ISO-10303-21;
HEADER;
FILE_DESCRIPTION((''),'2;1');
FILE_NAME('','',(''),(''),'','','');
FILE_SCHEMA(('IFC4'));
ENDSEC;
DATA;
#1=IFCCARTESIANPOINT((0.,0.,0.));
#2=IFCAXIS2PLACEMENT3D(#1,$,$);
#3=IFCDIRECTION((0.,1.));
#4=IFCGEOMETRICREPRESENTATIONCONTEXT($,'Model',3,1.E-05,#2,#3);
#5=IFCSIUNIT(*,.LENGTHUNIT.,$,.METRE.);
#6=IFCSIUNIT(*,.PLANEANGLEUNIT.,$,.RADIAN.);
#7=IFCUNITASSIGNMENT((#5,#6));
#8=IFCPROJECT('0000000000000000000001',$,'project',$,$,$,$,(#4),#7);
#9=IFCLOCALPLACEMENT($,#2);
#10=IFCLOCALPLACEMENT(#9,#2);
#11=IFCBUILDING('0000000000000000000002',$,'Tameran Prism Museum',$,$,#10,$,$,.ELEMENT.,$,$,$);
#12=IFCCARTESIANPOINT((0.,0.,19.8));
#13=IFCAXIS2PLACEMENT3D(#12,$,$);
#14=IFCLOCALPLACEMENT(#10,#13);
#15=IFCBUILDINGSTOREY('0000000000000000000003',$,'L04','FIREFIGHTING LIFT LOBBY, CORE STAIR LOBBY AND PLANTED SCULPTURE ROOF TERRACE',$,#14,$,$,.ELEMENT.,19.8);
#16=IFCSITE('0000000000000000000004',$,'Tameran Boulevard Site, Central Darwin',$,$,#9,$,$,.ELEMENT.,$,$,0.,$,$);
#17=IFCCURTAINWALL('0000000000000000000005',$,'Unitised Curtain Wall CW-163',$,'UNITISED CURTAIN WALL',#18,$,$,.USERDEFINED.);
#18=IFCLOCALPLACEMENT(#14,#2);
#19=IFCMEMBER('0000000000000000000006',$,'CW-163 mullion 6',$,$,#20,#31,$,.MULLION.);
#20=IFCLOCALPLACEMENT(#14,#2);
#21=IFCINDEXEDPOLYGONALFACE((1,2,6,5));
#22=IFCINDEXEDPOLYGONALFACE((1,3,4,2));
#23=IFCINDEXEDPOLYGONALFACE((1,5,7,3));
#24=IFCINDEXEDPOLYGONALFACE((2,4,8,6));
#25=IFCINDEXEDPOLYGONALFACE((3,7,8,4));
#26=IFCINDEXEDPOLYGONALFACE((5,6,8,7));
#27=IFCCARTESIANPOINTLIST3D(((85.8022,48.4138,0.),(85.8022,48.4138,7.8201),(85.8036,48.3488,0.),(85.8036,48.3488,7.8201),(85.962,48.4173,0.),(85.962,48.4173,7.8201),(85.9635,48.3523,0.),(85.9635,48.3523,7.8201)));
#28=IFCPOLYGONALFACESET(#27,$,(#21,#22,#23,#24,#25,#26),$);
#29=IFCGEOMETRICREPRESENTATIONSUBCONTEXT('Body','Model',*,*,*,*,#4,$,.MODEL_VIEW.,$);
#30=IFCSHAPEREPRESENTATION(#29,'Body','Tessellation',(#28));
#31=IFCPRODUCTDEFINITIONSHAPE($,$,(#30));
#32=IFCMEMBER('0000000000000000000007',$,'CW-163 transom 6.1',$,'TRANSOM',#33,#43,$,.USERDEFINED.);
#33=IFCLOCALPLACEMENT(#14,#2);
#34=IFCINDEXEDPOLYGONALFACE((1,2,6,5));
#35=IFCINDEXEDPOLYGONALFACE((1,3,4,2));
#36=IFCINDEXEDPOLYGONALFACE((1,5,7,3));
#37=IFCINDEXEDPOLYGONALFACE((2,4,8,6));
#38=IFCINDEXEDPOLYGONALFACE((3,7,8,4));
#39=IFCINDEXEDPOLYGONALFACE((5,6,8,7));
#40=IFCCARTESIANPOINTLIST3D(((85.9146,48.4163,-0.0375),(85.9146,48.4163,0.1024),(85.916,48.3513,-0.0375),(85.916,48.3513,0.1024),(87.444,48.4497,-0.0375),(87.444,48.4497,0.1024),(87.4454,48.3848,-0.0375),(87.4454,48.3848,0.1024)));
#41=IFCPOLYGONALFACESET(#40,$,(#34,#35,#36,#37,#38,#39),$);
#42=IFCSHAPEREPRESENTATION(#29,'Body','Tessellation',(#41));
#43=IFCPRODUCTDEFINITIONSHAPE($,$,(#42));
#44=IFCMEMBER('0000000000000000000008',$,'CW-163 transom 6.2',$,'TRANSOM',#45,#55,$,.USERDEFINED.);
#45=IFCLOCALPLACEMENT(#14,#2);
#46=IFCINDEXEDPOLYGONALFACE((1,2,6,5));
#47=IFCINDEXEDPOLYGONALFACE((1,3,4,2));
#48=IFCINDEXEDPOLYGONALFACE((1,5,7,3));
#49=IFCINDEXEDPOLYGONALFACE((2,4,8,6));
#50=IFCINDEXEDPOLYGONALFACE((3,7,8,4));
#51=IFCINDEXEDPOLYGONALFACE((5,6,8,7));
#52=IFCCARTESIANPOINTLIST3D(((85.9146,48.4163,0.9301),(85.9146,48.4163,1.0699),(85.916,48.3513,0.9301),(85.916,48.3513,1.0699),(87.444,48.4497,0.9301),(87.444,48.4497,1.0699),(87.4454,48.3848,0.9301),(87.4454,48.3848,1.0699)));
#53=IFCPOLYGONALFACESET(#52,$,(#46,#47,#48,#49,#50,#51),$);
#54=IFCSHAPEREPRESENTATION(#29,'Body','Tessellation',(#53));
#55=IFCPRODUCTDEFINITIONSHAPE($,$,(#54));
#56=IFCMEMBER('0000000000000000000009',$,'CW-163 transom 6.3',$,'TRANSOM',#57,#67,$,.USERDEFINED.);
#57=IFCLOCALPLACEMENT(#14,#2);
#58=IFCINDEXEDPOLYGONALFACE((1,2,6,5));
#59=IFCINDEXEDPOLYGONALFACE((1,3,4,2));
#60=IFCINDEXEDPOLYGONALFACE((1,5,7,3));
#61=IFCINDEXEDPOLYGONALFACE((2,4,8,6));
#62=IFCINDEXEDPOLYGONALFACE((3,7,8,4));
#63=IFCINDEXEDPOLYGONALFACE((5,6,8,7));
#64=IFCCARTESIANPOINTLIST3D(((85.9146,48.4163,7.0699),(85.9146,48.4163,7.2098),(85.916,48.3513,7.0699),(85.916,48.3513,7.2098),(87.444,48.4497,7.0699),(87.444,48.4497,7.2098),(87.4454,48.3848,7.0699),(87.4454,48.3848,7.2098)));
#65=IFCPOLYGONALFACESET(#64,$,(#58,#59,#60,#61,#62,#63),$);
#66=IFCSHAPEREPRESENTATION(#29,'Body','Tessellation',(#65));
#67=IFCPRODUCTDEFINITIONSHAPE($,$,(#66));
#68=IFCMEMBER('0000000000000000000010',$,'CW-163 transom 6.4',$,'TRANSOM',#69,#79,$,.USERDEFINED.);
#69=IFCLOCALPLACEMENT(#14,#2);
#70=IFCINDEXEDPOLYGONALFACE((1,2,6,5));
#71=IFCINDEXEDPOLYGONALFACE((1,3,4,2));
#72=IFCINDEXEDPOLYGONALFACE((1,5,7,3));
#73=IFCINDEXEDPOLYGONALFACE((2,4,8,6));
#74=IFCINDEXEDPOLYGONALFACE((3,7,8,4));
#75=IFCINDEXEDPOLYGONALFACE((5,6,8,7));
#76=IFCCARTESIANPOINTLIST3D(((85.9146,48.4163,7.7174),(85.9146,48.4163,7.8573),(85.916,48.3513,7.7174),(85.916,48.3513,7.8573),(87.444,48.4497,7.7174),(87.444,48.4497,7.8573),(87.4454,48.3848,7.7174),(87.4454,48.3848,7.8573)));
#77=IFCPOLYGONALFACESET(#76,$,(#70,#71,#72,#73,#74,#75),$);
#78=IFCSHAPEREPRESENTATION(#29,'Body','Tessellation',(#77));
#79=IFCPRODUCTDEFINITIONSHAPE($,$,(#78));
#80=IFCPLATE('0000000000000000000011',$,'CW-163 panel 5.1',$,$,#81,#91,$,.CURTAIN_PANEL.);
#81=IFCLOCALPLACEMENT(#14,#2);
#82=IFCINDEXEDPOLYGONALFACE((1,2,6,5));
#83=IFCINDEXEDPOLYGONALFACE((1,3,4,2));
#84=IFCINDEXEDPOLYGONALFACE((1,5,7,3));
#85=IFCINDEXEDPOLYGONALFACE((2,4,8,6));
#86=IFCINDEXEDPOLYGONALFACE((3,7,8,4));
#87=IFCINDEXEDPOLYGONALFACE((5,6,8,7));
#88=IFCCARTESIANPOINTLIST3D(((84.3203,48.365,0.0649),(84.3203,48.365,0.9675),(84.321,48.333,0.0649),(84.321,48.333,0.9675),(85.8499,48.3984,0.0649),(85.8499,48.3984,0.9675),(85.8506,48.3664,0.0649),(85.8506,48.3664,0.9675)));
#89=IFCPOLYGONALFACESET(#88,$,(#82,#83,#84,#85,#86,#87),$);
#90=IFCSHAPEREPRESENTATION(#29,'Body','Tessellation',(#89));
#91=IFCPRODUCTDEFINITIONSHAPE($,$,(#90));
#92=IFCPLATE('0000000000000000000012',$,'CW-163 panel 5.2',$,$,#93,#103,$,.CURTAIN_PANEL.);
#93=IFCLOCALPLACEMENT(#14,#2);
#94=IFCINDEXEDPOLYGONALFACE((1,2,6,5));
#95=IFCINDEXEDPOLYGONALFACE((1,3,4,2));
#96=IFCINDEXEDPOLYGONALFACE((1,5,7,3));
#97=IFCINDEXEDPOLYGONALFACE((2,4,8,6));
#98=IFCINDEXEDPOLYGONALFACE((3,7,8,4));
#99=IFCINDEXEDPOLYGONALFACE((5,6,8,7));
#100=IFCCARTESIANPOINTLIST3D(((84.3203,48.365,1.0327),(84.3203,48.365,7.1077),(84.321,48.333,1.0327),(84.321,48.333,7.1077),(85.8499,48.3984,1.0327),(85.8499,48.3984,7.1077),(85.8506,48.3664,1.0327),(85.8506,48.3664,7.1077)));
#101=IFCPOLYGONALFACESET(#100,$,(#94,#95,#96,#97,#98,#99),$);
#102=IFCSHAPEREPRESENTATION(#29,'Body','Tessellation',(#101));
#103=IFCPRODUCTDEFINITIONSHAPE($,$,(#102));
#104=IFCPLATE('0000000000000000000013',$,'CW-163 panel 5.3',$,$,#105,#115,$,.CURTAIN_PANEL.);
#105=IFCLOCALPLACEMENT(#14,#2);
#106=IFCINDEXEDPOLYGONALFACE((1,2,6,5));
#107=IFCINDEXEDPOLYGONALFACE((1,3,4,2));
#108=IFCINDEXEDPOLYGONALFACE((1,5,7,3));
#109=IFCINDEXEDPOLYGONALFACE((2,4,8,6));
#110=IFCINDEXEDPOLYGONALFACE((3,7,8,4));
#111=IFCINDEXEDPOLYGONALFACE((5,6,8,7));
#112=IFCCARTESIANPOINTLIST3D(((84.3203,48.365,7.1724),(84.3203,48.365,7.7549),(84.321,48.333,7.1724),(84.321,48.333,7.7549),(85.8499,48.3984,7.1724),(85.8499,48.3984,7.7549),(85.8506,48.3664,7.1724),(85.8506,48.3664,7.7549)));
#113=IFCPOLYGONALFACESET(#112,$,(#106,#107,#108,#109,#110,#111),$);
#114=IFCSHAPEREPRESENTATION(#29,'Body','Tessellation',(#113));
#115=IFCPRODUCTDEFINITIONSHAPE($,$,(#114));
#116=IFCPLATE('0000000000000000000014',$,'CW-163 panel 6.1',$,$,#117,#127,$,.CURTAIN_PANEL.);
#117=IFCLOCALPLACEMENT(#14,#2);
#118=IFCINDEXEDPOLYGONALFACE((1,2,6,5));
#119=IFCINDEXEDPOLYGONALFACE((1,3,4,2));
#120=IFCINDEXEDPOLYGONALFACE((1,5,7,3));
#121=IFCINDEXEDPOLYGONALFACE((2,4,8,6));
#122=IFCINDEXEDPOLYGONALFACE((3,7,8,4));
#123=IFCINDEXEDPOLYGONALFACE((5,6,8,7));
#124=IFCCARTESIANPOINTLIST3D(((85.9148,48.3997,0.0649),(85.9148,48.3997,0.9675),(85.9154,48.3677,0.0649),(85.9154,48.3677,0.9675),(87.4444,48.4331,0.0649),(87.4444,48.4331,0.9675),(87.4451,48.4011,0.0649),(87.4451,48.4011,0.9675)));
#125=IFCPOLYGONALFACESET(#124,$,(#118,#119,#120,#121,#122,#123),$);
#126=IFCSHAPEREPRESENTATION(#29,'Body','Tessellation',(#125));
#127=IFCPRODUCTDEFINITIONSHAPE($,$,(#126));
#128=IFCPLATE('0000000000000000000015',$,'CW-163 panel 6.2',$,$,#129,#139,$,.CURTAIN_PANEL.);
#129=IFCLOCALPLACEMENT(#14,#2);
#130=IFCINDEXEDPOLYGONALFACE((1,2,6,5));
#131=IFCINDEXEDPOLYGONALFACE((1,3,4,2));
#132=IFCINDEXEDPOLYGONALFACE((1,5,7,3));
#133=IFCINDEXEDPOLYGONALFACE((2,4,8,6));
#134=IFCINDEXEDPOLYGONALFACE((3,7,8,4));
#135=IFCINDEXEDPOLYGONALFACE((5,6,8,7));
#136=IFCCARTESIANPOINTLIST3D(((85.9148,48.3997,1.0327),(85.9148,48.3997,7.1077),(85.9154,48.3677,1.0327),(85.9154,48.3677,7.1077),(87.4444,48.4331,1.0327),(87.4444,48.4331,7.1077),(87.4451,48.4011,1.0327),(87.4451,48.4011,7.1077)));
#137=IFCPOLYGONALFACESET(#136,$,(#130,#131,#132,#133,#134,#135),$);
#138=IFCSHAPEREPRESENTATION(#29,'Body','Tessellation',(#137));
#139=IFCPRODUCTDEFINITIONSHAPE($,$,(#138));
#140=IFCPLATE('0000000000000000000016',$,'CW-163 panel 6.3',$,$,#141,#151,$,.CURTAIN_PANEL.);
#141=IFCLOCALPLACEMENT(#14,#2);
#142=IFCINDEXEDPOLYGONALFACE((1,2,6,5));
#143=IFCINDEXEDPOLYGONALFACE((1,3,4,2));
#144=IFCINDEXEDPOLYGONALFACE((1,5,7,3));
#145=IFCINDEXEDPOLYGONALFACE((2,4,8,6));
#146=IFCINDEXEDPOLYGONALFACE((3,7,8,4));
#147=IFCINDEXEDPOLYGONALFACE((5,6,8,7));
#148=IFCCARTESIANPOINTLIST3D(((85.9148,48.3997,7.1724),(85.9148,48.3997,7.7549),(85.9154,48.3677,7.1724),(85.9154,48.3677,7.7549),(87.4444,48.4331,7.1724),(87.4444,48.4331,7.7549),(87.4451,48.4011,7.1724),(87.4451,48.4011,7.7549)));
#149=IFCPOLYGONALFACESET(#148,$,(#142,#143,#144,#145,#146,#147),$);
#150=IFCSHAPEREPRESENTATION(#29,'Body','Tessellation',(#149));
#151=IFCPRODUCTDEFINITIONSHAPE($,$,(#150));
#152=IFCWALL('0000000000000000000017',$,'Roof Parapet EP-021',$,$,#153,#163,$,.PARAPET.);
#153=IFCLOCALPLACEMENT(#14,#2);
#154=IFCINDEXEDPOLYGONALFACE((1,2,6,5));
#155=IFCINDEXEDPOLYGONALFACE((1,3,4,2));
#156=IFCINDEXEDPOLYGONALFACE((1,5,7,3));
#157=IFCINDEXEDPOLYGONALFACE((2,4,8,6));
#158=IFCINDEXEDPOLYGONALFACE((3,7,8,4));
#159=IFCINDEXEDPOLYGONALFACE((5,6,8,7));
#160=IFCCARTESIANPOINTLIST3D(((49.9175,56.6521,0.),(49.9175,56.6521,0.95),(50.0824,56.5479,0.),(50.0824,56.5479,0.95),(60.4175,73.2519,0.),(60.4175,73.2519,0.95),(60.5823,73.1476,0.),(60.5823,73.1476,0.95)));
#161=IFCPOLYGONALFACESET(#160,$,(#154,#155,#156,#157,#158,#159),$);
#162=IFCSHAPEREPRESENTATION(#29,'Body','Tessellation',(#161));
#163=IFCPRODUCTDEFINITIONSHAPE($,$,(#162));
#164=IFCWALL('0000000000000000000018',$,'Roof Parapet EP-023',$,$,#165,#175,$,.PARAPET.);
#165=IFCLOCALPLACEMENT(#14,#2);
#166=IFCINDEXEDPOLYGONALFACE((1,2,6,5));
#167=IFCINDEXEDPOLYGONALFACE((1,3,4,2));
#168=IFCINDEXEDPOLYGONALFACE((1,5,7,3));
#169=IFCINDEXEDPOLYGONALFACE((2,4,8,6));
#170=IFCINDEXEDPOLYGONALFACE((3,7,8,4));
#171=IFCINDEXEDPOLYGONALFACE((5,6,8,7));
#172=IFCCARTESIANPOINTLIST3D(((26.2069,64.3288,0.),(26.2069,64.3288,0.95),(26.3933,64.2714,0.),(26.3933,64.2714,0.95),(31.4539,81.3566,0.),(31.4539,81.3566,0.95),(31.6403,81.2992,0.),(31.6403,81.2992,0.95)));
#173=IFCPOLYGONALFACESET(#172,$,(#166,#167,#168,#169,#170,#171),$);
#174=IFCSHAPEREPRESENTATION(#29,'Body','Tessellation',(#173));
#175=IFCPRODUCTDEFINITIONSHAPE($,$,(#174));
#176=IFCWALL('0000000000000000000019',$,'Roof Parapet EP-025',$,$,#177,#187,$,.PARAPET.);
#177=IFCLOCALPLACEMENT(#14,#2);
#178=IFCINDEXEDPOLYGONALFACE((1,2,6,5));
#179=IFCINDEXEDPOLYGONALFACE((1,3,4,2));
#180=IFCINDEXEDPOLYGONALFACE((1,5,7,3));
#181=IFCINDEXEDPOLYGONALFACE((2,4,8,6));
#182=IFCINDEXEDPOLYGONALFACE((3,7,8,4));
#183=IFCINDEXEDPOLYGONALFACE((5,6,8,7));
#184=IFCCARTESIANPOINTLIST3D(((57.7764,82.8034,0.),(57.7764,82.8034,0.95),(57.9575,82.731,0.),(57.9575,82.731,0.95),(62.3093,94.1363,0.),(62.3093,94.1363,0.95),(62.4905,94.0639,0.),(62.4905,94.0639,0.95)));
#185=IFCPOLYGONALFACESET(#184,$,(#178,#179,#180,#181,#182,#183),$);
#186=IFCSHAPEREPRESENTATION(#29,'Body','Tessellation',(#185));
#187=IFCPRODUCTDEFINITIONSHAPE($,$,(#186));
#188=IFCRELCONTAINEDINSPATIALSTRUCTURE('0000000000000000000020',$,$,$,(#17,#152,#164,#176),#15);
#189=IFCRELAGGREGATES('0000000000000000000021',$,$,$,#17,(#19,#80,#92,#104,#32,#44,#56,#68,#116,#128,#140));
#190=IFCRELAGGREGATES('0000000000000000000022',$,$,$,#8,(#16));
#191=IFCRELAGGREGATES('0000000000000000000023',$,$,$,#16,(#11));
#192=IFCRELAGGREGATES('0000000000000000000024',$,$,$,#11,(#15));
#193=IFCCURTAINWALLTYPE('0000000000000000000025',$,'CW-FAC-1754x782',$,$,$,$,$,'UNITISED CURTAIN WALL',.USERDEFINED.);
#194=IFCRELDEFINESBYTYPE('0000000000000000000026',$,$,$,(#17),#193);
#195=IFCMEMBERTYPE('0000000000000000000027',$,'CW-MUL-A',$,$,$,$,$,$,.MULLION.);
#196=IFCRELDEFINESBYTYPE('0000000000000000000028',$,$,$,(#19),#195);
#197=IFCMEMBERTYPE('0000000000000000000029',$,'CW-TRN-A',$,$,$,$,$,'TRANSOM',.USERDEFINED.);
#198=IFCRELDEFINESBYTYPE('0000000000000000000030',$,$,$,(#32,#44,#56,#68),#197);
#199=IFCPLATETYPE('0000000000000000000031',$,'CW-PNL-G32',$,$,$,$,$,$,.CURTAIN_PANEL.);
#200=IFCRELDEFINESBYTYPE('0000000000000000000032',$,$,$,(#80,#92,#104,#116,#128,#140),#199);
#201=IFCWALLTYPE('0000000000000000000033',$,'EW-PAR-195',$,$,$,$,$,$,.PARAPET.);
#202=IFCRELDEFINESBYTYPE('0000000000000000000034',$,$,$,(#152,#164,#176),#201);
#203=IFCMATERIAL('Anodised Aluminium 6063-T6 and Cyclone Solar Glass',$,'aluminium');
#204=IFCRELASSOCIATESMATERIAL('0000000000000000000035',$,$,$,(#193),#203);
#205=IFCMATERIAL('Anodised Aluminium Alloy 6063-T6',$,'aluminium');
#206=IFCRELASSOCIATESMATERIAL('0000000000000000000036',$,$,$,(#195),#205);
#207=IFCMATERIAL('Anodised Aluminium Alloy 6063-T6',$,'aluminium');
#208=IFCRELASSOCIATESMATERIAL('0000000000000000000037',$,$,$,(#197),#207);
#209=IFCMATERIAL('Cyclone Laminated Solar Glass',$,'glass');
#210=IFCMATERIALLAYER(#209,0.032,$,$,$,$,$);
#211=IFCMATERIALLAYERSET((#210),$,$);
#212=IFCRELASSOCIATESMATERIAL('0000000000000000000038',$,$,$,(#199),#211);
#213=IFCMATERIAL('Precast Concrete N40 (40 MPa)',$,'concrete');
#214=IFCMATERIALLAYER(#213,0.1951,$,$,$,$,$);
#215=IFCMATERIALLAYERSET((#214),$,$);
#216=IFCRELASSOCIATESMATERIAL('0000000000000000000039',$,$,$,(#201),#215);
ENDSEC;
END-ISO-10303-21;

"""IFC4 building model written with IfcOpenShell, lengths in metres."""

from ifc_helpers import new_model, si_unit, direction, frame, frame_2d, origin, origin_2d, place, context, subcontext, project, spatial, rectangle, extrude, material, layer, layer_set, material_profile, profile_set, type_object, element, aggregate, save


model = new_model("IFC4")

# Units and contexts
model_context = context("Model", 3, precision=1e-05, world=origin(), true_north=direction((0.0, 1.0)))
body_context = subcontext(model_context, "Body", "Model", "MODEL_VIEW")
ifc_project = project(units=[si_unit("LENGTHUNIT", "METRE"), si_unit("PLANEANGLEUNIT", "RADIAN")], contexts=[model_context])

# Site, building, storey
site_placement = place(None, origin())
site = spatial("IfcSite", under=ifc_project, at=site_placement, Name="Tameran Boulevard Site, Central Darwin", CompositionType="ELEMENT", RefElevation=0.0)
building_placement = place(site_placement, origin())
building = spatial("IfcBuilding", under=site, at=building_placement, Name="Tameran Prism Museum", CompositionType="ELEMENT")
storey_placement = place(building_placement, frame((0.0, 0.0, 19.8)))
storey = spatial("IfcBuildingStorey", under=building, at=storey_placement, Name="L04", Description="FIREFIGHTING LIFT LOBBY, CORE STAIR LOBBY AND PLANTED SCULPTURE ROOF TERRACE", CompositionType="ELEMENT", Elevation=19.8)

# Curtain wall, members, plates
ifc_material_1 = material(Name="Anodised Aluminium 6063-T6 and Cyclone Solar Glass", Category="aluminium")
curtain_wall_type = type_object("IfcCurtainWallType", Name="CW-FAC-1754x782", ElementType="UNITISED CURTAIN WALL", PredefinedType="USERDEFINED", material=ifc_material_1)
curtain_wall_placement = place(storey_placement, origin())
curtain_wall = element("IfcCurtainWall", 1, at=curtain_wall_placement, inside=storey, type_object=curtain_wall_type, Name="Unitised Curtain Wall CW-163", ObjectType="UNITISED CURTAIN WALL", PredefinedType="USERDEFINED")
ifc_material_2 = material(Name="Anodised Aluminium Alloy 6063-T6", Category="aluminium")
ifc_material_profile_1 = material_profile(ifc_material_2, rectangle(XDim=0.0649, YDim=0.1599, at=origin_2d()))
ifc_profile_set_1 = profile_set([ifc_material_profile_1])
member_type_1 = type_object("IfcMemberType", Name="CW-MUL-A", PredefinedType="MULLION", material=ifc_profile_set_1)
member_1_placement = place(storey_placement, frame((85.8828, 48.3831, 0.0), z_axis=(0.0, 0.0, 1.0), x_axis=(-0.021831, 0.999762, 0.0)))
member_1 = element("IfcMember", 2, at=member_1_placement, type_object=member_type_1, Name="CW-163 mullion 6", PredefinedType="MULLION", context=body_context, shape_type="SweptSolid", body=[
    extrude(rectangle(XDim=0.0649, YDim=0.1599, at=origin_2d()), origin(), (0.0, 0.0, 1.0), 7.8201),
])
ifc_material_3 = material(Name="Anodised Aluminium Alloy 6063-T6", Category="aluminium")
ifc_material_profile_2 = material_profile(ifc_material_3, rectangle(XDim=0.0649, YDim=0.1399, at=origin_2d()))
ifc_profile_set_2 = profile_set([ifc_material_profile_2])
member_type_2 = type_object("IfcMemberType", Name="CW-TRN-A", ElementType="TRANSOM", PredefinedType="USERDEFINED", material=ifc_profile_set_2)
member_2_placement = place(storey_placement, frame((85.9153, 48.3838, 0.0325), z_axis=(0.999761, 0.021862, 0.0), x_axis=(-0.021862, 0.999761, 0.0)))
member_2 = element("IfcMember", 3, at=member_2_placement, type_object=member_type_2, Name="CW-163 transom 6.1", ObjectType="TRANSOM", PredefinedType="USERDEFINED", context=body_context, shape_type="SweptSolid", body=[
    extrude(rectangle(XDim=0.0649, YDim=0.1399, at=origin_2d()), origin(), (0.0, 0.0, 1.0), 1.5298),
])
member_3_placement = place(storey_placement, frame((85.9153, 48.3838, 1.0), z_axis=(0.999761, 0.021862, 0.0), x_axis=(-0.021862, 0.999761, 0.0)))
member_3 = element("IfcMember", 4, at=member_3_placement, type_object=member_type_2, Name="CW-163 transom 6.2", ObjectType="TRANSOM", PredefinedType="USERDEFINED", context=body_context, shape_type="SweptSolid", body=[
    extrude(rectangle(XDim=0.0649, YDim=0.1399, at=origin_2d()), origin(), (0.0, 0.0, 1.0), 1.5298),
])
member_4_placement = place(storey_placement, frame((85.9153, 48.3838, 7.1399), z_axis=(0.999761, 0.021862, 0.0), x_axis=(-0.021862, 0.999761, 0.0)))
member_4 = element("IfcMember", 5, at=member_4_placement, type_object=member_type_2, Name="CW-163 transom 6.3", ObjectType="TRANSOM", PredefinedType="USERDEFINED", context=body_context, shape_type="SweptSolid", body=[
    extrude(rectangle(XDim=0.0649, YDim=0.1399, at=origin_2d()), origin(), (0.0, 0.0, 1.0), 1.5298),
])
member_5_placement = place(storey_placement, frame((85.9153, 48.3838, 7.7874), z_axis=(0.999761, 0.021862, 0.0), x_axis=(-0.021862, 0.999761, 0.0)))
member_5 = element("IfcMember", 6, at=member_5_placement, type_object=member_type_2, Name="CW-163 transom 6.4", ObjectType="TRANSOM", PredefinedType="USERDEFINED", context=body_context, shape_type="SweptSolid", body=[
    extrude(rectangle(XDim=0.0649, YDim=0.1399, at=origin_2d()), origin(), (0.0, 0.0, 1.0), 1.5298),
])
ifc_material_4 = material(Name="Cyclone Laminated Solar Glass", Category="glass")
ifc_layer_1 = layer(ifc_material_4, 0.032)
ifc_layer_set_1 = layer_set([ifc_layer_1])
plate_type = type_object("IfcPlateType", Name="CW-PNL-G32", PredefinedType="CURTAIN_PANEL", material=ifc_layer_set_1)
plate_1_placement = place(storey_placement, frame((85.0854, 48.3657, 0.0649), z_axis=(0.0, 0.0, 1.0), x_axis=(0.999762, 0.021831, 0.0)))
plate_1 = element("IfcPlate", 7, at=plate_1_placement, type_object=plate_type, Name="CW-163 panel 5.1", PredefinedType="CURTAIN_PANEL", context=body_context, shape_type="SweptSolid", body=[
    extrude(rectangle(XDim=1.53, YDim=0.032, at=origin_2d()), origin(), (0.0, 0.0, 1.0), 0.9026),
])
plate_2_placement = place(storey_placement, frame((85.0854, 48.3657, 1.0327), z_axis=(0.0, 0.0, 1.0), x_axis=(0.999762, 0.021831, 0.0)))
plate_2 = element("IfcPlate", 8, at=plate_2_placement, type_object=plate_type, Name="CW-163 panel 5.2", PredefinedType="CURTAIN_PANEL", context=body_context, shape_type="SweptSolid", body=[
    extrude(rectangle(XDim=1.53, YDim=0.032, at=origin_2d()), origin(), (0.0, 0.0, 1.0), 6.075),
])
plate_3_placement = place(storey_placement, frame((85.0854, 48.3657, 7.1724), z_axis=(0.0, 0.0, 1.0), x_axis=(0.999762, 0.021831, 0.0)))
plate_3 = element("IfcPlate", 9, at=plate_3_placement, type_object=plate_type, Name="CW-163 panel 5.3", PredefinedType="CURTAIN_PANEL", context=body_context, shape_type="SweptSolid", body=[
    extrude(rectangle(XDim=1.53, YDim=0.032, at=origin_2d()), origin(), (0.0, 0.0, 1.0), 0.5825),
])
plate_4_placement = place(storey_placement, frame((86.6799, 48.4004, 0.0649), z_axis=(0.0, 0.0, 1.0), x_axis=(0.999762, 0.021831, 0.0)))
plate_4 = element("IfcPlate", 10, at=plate_4_placement, type_object=plate_type, Name="CW-163 panel 6.1", PredefinedType="CURTAIN_PANEL", context=body_context, shape_type="SweptSolid", body=[
    extrude(rectangle(XDim=1.53, YDim=0.032, at=origin_2d()), origin(), (0.0, 0.0, 1.0), 0.9026),
])
plate_5_placement = place(storey_placement, frame((86.6799, 48.4004, 1.0327), z_axis=(0.0, 0.0, 1.0), x_axis=(0.999762, 0.021831, 0.0)))
plate_5 = element("IfcPlate", 11, at=plate_5_placement, type_object=plate_type, Name="CW-163 panel 6.2", PredefinedType="CURTAIN_PANEL", context=body_context, shape_type="SweptSolid", body=[
    extrude(rectangle(XDim=1.53, YDim=0.032, at=origin_2d()), origin(), (0.0, 0.0, 1.0), 6.075),
])
plate_6_placement = place(storey_placement, frame((86.6799, 48.4004, 7.1724), z_axis=(0.0, 0.0, 1.0), x_axis=(0.999762, 0.021831, 0.0)))
plate_6 = element("IfcPlate", 12, at=plate_6_placement, type_object=plate_type, Name="CW-163 panel 6.3", PredefinedType="CURTAIN_PANEL", context=body_context, shape_type="SweptSolid", body=[
    extrude(rectangle(XDim=1.53, YDim=0.032, at=origin_2d()), origin(), (0.0, 0.0, 1.0), 0.5825),
])
aggregate(curtain_wall, [member_1, plate_1, plate_2, plate_3, member_2, member_3, member_4, member_5, plate_4, plate_5, plate_6])

# Walls
ifc_material_5 = material(Name="Precast Concrete N40 (40 MPa)", Category="concrete")
ifc_layer_2 = layer(ifc_material_5, 0.1951)
ifc_layer_set_2 = layer_set([ifc_layer_2])
wall_type_1 = type_object("IfcWallType", Name="EW-PAR-195", PredefinedType="PARAPET", material=ifc_layer_set_2)
wall_1_placement = place(storey_placement, frame((50.0, 56.6001, 0.0), z_axis=(0.0, 0.0, 1.0), x_axis=(0.534571, 0.845124, 0.0)))
element("IfcWall", 13, at=wall_1_placement, inside=storey, type_object=wall_type_1, Name="Roof Parapet EP-021", PredefinedType="PARAPET", context=body_context, shape_type="SweptSolid", body=[
    extrude(rectangle(XDim=19.6418, YDim=0.1951, at=frame_2d((9.8208, 0.0))), origin(), (0.0, 0.0, 1.0), 0.95),
])
wall_2_placement = place(storey_placement, frame((31.5471, 81.3279, 0.0), z_axis=(0.0, 0.0, 1.0), x_axis=(-0.294483, -0.955657, 0.0)))
element("IfcWall", 14, at=wall_2_placement, inside=storey, type_object=wall_type_1, Name="Roof Parapet EP-023", PredefinedType="PARAPET", context=body_context, shape_type="SweptSolid", body=[
    extrude(rectangle(XDim=17.8179, YDim=0.1951, at=frame_2d((8.9089, 0.0))), origin(), (0.0, 0.0, 1.0), 0.95),
])
wall_3_placement = place(storey_placement, frame((57.8669, 82.7671, 0.0), z_axis=(0.0, 0.0, 1.0), x_axis=(0.371373, 0.928484, 0.0)))
element("IfcWall", 15, at=wall_3_placement, inside=storey, type_object=wall_type_1, Name="Roof Parapet EP-025", PredefinedType="PARAPET", context=body_context, shape_type="SweptSolid", body=[
    extrude(rectangle(XDim=12.2058, YDim=0.1951, at=frame_2d((6.103, 0.0))), origin(), (0.0, 0.0, 1.0), 0.95),
])

save(model, "model.ifc")
